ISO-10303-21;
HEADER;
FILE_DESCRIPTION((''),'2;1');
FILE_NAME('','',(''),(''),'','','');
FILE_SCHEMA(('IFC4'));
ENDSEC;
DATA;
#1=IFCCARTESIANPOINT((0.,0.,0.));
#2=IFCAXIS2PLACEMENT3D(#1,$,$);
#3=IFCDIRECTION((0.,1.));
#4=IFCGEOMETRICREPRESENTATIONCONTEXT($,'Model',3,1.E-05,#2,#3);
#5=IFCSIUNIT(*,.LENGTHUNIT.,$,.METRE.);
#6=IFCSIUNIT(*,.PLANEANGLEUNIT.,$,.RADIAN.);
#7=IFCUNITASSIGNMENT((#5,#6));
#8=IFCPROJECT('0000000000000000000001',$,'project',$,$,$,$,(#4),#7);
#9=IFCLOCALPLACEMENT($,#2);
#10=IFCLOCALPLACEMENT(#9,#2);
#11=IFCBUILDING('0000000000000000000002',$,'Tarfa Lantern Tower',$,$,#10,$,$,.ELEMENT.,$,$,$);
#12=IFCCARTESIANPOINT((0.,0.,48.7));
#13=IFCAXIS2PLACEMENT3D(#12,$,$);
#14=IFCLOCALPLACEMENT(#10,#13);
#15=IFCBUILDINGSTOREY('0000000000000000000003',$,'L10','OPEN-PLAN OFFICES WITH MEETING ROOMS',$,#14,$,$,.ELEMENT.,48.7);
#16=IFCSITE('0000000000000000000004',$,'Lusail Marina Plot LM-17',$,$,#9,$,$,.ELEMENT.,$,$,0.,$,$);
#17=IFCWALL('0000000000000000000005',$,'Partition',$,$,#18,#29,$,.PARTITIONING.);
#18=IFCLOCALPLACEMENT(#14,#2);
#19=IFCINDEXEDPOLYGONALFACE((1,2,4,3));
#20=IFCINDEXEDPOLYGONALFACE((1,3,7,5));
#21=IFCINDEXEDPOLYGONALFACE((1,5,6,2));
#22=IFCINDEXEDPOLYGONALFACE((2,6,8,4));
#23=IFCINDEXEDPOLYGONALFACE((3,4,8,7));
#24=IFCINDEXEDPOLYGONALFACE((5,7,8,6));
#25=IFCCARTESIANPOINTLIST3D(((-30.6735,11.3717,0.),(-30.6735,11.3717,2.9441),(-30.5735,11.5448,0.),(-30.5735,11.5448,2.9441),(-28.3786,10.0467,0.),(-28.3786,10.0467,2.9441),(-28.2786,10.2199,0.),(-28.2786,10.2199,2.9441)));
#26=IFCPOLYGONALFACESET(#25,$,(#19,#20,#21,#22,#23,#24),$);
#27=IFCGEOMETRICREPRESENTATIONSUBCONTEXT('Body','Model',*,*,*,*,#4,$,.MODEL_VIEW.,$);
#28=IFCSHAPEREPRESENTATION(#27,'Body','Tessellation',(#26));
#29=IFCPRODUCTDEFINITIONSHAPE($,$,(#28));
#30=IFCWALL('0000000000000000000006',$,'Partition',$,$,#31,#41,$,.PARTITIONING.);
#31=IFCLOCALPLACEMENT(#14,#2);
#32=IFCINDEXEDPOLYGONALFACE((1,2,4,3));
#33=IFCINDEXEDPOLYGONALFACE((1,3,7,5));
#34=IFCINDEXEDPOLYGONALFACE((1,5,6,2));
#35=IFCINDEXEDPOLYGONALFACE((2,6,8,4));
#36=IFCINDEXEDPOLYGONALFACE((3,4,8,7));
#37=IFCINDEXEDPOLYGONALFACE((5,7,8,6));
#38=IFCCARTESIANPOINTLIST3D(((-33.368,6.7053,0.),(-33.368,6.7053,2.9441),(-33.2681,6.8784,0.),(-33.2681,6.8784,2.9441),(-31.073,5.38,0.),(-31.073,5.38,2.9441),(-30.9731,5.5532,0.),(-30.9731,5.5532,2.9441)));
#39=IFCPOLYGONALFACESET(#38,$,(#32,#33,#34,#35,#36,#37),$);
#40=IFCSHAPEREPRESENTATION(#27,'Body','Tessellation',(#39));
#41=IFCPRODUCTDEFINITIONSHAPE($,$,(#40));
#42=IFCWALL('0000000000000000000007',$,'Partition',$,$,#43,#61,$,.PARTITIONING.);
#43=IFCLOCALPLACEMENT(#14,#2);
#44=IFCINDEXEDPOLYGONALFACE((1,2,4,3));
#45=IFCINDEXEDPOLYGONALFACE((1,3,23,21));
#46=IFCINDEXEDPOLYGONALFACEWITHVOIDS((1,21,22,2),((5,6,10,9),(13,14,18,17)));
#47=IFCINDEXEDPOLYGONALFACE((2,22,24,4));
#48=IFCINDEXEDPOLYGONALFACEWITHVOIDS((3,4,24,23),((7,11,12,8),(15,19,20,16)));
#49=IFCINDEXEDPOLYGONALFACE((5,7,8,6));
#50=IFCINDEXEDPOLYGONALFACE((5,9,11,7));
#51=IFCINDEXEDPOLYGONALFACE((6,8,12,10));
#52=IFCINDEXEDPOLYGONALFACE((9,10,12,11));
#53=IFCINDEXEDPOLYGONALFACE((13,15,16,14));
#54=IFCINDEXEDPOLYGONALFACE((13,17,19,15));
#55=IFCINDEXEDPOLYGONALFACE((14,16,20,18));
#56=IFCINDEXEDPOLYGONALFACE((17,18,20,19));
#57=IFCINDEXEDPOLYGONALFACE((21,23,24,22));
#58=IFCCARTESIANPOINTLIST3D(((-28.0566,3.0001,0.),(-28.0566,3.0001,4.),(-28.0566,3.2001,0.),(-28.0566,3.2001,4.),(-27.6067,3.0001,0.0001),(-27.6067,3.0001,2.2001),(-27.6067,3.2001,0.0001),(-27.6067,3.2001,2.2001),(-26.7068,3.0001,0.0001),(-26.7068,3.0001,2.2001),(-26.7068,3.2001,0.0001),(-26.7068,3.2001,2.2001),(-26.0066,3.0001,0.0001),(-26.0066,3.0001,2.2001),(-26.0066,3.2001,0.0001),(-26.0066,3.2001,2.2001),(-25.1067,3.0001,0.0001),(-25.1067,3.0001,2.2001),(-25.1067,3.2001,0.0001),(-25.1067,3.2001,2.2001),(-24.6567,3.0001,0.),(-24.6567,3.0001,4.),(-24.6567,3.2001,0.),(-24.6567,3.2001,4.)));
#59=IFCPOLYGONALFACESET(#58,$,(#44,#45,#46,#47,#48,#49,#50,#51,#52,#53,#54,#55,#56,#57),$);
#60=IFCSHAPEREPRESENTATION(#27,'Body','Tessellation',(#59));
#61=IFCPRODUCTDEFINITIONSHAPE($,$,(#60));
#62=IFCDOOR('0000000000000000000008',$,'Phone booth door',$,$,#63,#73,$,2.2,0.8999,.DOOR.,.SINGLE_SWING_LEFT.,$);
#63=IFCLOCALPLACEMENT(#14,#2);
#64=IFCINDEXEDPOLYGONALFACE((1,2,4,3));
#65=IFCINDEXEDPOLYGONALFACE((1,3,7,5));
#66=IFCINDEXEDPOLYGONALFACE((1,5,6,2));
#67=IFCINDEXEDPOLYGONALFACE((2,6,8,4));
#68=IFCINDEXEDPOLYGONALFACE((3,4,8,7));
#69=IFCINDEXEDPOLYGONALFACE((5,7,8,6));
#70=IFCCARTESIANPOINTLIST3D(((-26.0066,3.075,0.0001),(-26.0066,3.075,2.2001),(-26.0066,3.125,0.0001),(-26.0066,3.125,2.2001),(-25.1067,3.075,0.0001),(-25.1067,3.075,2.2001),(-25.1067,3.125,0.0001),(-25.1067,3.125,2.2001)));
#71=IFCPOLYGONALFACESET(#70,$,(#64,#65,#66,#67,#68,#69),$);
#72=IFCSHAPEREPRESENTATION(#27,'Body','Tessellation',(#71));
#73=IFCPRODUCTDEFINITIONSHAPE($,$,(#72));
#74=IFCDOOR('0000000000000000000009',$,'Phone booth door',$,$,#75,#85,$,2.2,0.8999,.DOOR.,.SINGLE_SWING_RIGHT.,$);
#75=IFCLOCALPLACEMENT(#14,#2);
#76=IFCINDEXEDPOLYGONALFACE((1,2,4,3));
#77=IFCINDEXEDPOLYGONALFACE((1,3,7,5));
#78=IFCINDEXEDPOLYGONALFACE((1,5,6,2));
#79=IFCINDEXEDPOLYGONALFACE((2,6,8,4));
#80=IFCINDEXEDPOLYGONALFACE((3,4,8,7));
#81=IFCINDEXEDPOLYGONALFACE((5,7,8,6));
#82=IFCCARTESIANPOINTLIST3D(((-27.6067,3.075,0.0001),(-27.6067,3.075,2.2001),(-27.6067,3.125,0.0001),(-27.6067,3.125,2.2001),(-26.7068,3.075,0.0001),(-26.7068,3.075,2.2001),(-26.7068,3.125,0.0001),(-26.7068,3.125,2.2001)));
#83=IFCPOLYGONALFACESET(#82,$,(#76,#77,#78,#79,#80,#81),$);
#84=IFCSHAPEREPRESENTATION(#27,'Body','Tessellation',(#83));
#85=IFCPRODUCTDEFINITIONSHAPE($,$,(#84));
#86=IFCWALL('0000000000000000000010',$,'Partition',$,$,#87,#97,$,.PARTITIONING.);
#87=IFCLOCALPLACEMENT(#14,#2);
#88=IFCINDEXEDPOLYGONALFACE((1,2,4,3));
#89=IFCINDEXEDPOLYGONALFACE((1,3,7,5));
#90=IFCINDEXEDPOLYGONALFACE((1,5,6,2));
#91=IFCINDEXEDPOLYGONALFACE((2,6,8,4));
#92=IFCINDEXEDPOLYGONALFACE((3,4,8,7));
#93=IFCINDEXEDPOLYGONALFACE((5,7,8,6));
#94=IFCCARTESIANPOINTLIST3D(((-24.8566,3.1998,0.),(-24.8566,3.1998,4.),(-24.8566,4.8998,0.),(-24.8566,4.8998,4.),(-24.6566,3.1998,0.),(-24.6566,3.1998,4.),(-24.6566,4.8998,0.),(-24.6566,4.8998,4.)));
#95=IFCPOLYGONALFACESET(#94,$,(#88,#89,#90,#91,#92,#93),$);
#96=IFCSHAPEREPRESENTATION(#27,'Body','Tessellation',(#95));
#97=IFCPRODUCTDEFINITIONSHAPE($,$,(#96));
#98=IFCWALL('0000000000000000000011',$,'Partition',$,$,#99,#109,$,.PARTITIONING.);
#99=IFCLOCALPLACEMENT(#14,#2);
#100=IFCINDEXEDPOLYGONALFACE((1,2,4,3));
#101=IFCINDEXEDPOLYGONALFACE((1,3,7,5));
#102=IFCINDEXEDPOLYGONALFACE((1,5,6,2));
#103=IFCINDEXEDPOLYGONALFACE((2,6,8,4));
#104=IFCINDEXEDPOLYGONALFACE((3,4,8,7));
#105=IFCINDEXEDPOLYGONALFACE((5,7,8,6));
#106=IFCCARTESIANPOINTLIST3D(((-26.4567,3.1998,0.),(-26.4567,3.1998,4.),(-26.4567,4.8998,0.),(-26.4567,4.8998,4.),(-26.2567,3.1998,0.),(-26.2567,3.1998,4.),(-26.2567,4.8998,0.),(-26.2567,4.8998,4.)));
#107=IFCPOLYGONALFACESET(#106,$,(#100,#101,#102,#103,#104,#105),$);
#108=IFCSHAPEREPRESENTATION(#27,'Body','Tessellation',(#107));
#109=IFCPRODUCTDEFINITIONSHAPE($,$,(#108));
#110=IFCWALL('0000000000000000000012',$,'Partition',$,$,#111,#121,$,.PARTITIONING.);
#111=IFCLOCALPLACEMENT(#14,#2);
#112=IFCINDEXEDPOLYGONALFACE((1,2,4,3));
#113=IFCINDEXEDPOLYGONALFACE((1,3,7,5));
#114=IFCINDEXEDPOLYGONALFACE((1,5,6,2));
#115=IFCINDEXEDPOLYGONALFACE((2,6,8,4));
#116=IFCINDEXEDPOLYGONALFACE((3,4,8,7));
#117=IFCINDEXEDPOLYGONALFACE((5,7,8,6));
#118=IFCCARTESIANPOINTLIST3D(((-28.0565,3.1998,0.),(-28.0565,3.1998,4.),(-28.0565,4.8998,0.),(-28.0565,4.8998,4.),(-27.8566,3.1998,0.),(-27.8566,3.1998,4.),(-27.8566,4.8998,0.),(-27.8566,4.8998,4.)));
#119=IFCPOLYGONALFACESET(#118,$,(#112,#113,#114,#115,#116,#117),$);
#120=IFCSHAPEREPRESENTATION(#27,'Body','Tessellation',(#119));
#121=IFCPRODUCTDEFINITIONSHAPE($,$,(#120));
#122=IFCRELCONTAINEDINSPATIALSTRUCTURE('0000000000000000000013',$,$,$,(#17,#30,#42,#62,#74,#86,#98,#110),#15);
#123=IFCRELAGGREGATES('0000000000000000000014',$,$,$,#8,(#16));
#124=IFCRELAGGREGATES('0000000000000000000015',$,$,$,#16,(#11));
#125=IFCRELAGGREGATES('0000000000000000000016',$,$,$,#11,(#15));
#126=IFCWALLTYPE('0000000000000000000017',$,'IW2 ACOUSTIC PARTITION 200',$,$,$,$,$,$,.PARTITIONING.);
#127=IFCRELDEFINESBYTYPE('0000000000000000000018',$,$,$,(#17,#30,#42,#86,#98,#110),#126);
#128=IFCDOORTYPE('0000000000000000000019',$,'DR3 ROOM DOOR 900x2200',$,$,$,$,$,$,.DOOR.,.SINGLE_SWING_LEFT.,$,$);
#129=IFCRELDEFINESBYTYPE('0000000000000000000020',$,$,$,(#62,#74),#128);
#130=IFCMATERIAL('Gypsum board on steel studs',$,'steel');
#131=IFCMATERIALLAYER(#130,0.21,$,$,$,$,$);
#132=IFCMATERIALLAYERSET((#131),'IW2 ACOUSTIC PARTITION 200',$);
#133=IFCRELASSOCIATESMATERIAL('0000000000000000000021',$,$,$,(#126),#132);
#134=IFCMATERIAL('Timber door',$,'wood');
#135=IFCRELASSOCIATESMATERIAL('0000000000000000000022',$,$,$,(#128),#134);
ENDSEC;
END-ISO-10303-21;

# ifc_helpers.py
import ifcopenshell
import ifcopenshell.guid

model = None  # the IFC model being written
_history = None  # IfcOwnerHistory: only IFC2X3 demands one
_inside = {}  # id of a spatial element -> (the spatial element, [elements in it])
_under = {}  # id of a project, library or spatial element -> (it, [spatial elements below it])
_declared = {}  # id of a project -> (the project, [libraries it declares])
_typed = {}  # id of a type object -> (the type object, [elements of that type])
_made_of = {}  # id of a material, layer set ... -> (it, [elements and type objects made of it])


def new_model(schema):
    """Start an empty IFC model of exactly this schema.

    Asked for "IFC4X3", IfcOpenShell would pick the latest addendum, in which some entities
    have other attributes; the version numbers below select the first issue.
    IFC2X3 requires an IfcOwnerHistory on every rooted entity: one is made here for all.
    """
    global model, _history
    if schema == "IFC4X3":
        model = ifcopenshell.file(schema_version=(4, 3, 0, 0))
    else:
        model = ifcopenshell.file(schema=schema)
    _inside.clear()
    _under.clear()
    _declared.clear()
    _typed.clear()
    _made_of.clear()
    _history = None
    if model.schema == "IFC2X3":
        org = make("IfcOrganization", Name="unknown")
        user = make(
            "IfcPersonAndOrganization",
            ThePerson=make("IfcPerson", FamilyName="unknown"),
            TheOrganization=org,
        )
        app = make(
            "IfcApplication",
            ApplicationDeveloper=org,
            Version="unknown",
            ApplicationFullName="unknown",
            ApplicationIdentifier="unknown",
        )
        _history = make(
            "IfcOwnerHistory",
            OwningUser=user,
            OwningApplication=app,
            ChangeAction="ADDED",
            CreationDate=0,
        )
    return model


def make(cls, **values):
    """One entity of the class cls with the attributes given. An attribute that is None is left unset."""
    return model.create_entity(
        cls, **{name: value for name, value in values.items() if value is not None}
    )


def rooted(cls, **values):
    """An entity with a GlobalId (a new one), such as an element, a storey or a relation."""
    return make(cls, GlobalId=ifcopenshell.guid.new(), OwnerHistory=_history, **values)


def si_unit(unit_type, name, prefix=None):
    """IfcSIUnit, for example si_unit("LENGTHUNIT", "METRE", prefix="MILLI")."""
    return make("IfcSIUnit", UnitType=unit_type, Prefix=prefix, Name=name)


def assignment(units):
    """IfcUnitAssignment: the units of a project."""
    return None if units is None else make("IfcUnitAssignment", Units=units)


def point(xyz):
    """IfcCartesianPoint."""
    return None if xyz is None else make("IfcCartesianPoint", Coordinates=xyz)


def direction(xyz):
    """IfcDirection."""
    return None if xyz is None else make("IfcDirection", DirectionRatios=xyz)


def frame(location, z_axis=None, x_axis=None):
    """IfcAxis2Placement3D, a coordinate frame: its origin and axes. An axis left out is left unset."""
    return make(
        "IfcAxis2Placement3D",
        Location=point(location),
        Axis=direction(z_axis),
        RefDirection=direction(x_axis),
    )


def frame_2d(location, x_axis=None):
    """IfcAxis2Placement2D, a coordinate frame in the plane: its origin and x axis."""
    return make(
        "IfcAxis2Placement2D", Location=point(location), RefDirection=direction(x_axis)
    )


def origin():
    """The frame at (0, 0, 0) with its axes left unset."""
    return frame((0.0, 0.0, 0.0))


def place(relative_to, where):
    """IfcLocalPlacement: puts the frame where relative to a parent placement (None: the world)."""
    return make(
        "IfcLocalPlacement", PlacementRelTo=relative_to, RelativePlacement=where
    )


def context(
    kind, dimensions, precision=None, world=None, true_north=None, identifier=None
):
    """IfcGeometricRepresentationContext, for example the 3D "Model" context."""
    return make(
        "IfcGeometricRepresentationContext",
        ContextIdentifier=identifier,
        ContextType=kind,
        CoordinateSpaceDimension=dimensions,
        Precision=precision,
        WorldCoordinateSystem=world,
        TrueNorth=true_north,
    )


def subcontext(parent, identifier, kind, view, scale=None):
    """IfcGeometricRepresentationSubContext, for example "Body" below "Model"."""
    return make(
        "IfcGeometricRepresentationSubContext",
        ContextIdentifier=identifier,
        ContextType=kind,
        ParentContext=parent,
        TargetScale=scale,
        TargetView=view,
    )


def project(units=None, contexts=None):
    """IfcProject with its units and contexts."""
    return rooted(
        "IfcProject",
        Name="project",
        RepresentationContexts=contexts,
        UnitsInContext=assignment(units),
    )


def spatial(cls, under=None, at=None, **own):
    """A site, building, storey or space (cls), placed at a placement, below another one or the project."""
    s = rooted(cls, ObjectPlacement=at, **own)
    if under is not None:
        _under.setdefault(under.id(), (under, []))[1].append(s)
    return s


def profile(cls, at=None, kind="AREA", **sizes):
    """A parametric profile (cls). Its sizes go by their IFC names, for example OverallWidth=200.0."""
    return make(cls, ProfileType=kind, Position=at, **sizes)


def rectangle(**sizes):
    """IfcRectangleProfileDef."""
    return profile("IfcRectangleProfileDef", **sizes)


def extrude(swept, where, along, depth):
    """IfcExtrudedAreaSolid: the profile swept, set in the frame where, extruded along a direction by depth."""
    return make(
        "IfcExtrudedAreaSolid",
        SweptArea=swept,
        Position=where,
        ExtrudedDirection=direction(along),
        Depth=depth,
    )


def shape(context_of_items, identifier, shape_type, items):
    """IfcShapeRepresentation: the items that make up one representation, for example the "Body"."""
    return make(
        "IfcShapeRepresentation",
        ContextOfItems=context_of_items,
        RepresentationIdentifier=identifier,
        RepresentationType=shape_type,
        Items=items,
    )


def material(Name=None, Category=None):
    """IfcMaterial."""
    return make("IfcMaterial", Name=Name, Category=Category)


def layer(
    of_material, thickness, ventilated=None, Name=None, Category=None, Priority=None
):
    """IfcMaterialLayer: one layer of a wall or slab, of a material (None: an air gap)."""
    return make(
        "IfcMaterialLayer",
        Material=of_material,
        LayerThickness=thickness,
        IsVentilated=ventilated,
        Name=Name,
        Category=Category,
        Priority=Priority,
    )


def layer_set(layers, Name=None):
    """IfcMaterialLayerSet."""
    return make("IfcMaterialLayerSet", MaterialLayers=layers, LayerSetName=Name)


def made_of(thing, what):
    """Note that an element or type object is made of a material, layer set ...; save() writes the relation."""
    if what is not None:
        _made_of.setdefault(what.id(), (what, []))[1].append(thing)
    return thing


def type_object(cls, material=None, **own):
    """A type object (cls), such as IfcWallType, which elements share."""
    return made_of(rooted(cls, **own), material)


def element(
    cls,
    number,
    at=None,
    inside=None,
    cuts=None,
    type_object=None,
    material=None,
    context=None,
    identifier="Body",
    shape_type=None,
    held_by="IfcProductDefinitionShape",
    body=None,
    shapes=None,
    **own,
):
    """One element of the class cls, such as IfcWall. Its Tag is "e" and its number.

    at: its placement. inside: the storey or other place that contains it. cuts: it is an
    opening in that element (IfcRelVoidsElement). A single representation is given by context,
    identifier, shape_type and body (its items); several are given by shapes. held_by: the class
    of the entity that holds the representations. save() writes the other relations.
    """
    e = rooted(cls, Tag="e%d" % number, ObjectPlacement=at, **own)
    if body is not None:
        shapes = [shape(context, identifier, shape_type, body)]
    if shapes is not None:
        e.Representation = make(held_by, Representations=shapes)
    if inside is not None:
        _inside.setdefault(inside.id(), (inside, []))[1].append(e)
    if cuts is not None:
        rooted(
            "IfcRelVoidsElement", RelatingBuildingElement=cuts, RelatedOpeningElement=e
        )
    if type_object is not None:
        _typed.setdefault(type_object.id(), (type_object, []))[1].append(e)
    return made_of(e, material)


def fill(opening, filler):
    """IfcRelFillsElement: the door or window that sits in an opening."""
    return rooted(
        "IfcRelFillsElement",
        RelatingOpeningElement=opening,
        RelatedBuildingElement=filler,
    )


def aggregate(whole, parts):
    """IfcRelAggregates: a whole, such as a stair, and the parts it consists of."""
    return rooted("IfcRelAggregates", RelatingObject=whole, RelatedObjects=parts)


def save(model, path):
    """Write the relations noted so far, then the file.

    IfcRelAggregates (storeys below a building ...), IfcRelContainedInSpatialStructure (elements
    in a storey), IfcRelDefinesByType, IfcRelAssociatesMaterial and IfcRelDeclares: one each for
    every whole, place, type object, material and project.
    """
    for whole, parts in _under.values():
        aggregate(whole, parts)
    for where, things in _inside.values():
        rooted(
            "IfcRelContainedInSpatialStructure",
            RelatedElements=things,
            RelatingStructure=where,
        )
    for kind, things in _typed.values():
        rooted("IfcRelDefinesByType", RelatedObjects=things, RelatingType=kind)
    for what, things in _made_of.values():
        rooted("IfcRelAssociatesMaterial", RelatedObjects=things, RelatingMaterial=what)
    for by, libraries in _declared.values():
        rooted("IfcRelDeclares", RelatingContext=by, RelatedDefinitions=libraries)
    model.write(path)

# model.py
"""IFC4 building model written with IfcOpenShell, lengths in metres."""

from ifc_helpers import new_model, si_unit, direction, frame, frame_2d, origin, place, context, subcontext, project, spatial, rectangle, extrude, material, layer, layer_set, type_object, element, fill, save


model = new_model("IFC4")

# Units and contexts
model_context = context("Model", 3, precision=1e-05, world=origin(), true_north=direction((0.0, 1.0)))
body_context = subcontext(model_context, "Body", "Model", "MODEL_VIEW")
ifc_project = project(units=[si_unit("LENGTHUNIT", "METRE"), si_unit("PLANEANGLEUNIT", "RADIAN")], contexts=[model_context])

# Site, building, storey
site_placement = place(None, origin())
site = spatial("IfcSite", under=ifc_project, at=site_placement, Name="Lusail Marina Plot LM-17", CompositionType="ELEMENT", RefElevation=0.0)
building_placement = place(site_placement, origin())
building = spatial("IfcBuilding", under=site, at=building_placement, Name="Tarfa Lantern Tower", CompositionType="ELEMENT")
storey_placement = place(building_placement, frame((0.0, 0.0, 48.7)))
storey = spatial("IfcBuildingStorey", under=building, at=storey_placement, Name="L10", Description="OPEN-PLAN OFFICES WITH MEETING ROOMS", CompositionType="ELEMENT", Elevation=48.7)

# Walls
ifc_material_1 = material(Name="Gypsum board on steel studs", Category="steel")
ifc_layer_1 = layer(ifc_material_1, 0.21)
ifc_layer_set_1 = layer_set([ifc_layer_1], Name="IW2 ACOUSTIC PARTITION 200")
wall_type = type_object("IfcWallType", Name="IW2 ACOUSTIC PARTITION 200", PredefinedType="PARTITIONING", material=ifc_layer_set_1)
wall_1_placement = place(storey_placement, frame((-28.3286, 10.1333, 0.0), z_axis=(0.0, 0.0, 1.0), x_axis=(-0.866029, 0.499994, 0.0)))
element("IfcWall", 1, at=wall_1_placement, inside=storey, type_object=wall_type, Name="Partition", PredefinedType="PARTITIONING", context=body_context, shape_type="SweptSolid", body=[
    extrude(rectangle(XDim=2.6499, YDim=0.2, at=frame_2d((1.325, 0.0))), origin(), (0.0, 0.0, 1.0), 2.9441),
])
wall_2_placement = place(storey_placement, frame((-31.0229, 5.4666, 0.0), z_axis=(0.0, 0.0, 1.0), x_axis=(-0.865989, 0.500063, 0.0)))
element("IfcWall", 2, at=wall_2_placement, inside=storey, type_object=wall_type, Name="Partition", PredefinedType="PARTITIONING", context=body_context, shape_type="SweptSolid", body=[
    extrude(rectangle(XDim=2.6501, YDim=0.2, at=frame_2d((1.3252, 0.0))), origin(), (0.0, 0.0, 1.0), 2.9441),
])

# Wall, openings, doors
wall_3_placement = place(storey_placement, frame((-24.6567, 3.1001, 0.0), z_axis=(0.0, 0.0, 1.0), x_axis=(-1.0, 0.0, 0.0)))
wall_3 = element("IfcWall", 3, at=wall_3_placement, inside=storey, type_object=wall_type, Name="Partition", PredefinedType="PARTITIONING", context=body_context, shape_type="SweptSolid", body=[
    extrude(rectangle(XDim=3.3999, YDim=0.2, at=frame_2d((1.7, 0.0))), origin(), (0.0, 0.0, 1.0), 4.0),
])
opening_1_placement = place(wall_3_placement, frame((0.45, 0.0, 0.0)))
opening_1 = element("IfcOpeningElement", 4, at=opening_1_placement, cuts=wall_3, PredefinedType="OPENING", context=body_context, shape_type="SweptSolid", body=[
    extrude(rectangle(XDim=0.8999, YDim=2.2, at=frame_2d((0.45, 1.1001))), frame((0.0, 0.1099, 0.0), z_axis=(0.0, -1.0, 0.0), x_axis=(1.0, 0.0, 0.0)), (0.0, 0.0, 1.0), 0.22),
])
opening_2_placement = place(wall_3_placement, frame((2.05, 0.0, 0.0)))
opening_2 = element("IfcOpeningElement", 5, at=opening_2_placement, cuts=wall_3, PredefinedType="OPENING", context=body_context, shape_type="SweptSolid", body=[
    extrude(rectangle(XDim=0.8999, YDim=2.2, at=frame_2d((0.45, 1.1001))), frame((0.0, 0.1099, 0.0), z_axis=(0.0, -1.0, 0.0), x_axis=(1.0, 0.0, 0.0)), (0.0, 0.0, 1.0), 0.22),
])
ifc_material_2 = material(Name="Timber door", Category="wood")
door_type = type_object("IfcDoorType", Name="DR3 ROOM DOOR 900x2200", OperationType="SINGLE_SWING_LEFT", PredefinedType="DOOR", material=ifc_material_2)
door_1_placement = place(opening_1_placement, frame((0.8999, 0.0, 0.0), z_axis=(0.0, 0.0, 1.0), x_axis=(-1.0, 0.0, 0.0)))
door_1 = element("IfcDoor", 6, at=door_1_placement, inside=storey, type_object=door_type, Name="Phone booth door", OperationType="SINGLE_SWING_LEFT", OverallHeight=2.2, OverallWidth=0.8999, PredefinedType="DOOR", context=body_context, shape_type="SweptSolid", body=[
    extrude(rectangle(XDim=0.8999, YDim=2.2, at=frame_2d((0.45, 1.1001))), frame((0.0, 0.0249, 0.0), z_axis=(0.0, -1.0, 0.0), x_axis=(1.0, 0.0, 0.0)), (0.0, 0.0, 1.0), 0.05),
])
fill(opening_1, door_1)
door_2_placement = place(opening_2_placement, frame((0.8999, 0.0, 0.0), z_axis=(0.0, 0.0, 1.0), x_axis=(-1.0, 0.0, 0.0)))
door_2 = element("IfcDoor", 7, at=door_2_placement, inside=storey, type_object=door_type, Name="Phone booth door", OperationType="SINGLE_SWING_RIGHT", OverallHeight=2.2, OverallWidth=0.8999, PredefinedType="DOOR", context=body_context, shape_type="SweptSolid", body=[
    extrude(rectangle(XDim=0.8999, YDim=2.2, at=frame_2d((0.45, 1.1001))), frame((0.0, 0.0249, 0.0), z_axis=(0.0, -1.0, 0.0), x_axis=(1.0, 0.0, 0.0)), (0.0, 0.0, 1.0), 0.05),
])
fill(opening_2, door_2)

# Walls
for number, where, z_axis, x_axis, name in (
    (8, (-24.7566, 4.8999, 0.0), (0.0, 0.0, 1.0), (0.0, -1.0, 0.0), "Partition"),
    (9, (-26.3567, 4.8999, 0.0), (0.0, 0.0, 1.0), (0.0, -1.0, 0.0), "Partition"),
    (10, (-27.9565, 4.8999, 0.0), (0.0, 0.0, 1.0), (0.0, -1.0, 0.0), "Partition"),
):
    element("IfcWall", number, at=place(storey_placement, frame(where, z_axis=z_axis, x_axis=x_axis)), inside=storey, type_object=wall_type, Name=name, PredefinedType="PARTITIONING", context=body_context, shape_type="SweptSolid", body=[
        extrude(rectangle(XDim=1.7, YDim=0.2, at=frame_2d((0.8501, 0.0))), origin(), (0.0, 0.0, 1.0), 4.0),
    ])

save(model, "model.ifc")
